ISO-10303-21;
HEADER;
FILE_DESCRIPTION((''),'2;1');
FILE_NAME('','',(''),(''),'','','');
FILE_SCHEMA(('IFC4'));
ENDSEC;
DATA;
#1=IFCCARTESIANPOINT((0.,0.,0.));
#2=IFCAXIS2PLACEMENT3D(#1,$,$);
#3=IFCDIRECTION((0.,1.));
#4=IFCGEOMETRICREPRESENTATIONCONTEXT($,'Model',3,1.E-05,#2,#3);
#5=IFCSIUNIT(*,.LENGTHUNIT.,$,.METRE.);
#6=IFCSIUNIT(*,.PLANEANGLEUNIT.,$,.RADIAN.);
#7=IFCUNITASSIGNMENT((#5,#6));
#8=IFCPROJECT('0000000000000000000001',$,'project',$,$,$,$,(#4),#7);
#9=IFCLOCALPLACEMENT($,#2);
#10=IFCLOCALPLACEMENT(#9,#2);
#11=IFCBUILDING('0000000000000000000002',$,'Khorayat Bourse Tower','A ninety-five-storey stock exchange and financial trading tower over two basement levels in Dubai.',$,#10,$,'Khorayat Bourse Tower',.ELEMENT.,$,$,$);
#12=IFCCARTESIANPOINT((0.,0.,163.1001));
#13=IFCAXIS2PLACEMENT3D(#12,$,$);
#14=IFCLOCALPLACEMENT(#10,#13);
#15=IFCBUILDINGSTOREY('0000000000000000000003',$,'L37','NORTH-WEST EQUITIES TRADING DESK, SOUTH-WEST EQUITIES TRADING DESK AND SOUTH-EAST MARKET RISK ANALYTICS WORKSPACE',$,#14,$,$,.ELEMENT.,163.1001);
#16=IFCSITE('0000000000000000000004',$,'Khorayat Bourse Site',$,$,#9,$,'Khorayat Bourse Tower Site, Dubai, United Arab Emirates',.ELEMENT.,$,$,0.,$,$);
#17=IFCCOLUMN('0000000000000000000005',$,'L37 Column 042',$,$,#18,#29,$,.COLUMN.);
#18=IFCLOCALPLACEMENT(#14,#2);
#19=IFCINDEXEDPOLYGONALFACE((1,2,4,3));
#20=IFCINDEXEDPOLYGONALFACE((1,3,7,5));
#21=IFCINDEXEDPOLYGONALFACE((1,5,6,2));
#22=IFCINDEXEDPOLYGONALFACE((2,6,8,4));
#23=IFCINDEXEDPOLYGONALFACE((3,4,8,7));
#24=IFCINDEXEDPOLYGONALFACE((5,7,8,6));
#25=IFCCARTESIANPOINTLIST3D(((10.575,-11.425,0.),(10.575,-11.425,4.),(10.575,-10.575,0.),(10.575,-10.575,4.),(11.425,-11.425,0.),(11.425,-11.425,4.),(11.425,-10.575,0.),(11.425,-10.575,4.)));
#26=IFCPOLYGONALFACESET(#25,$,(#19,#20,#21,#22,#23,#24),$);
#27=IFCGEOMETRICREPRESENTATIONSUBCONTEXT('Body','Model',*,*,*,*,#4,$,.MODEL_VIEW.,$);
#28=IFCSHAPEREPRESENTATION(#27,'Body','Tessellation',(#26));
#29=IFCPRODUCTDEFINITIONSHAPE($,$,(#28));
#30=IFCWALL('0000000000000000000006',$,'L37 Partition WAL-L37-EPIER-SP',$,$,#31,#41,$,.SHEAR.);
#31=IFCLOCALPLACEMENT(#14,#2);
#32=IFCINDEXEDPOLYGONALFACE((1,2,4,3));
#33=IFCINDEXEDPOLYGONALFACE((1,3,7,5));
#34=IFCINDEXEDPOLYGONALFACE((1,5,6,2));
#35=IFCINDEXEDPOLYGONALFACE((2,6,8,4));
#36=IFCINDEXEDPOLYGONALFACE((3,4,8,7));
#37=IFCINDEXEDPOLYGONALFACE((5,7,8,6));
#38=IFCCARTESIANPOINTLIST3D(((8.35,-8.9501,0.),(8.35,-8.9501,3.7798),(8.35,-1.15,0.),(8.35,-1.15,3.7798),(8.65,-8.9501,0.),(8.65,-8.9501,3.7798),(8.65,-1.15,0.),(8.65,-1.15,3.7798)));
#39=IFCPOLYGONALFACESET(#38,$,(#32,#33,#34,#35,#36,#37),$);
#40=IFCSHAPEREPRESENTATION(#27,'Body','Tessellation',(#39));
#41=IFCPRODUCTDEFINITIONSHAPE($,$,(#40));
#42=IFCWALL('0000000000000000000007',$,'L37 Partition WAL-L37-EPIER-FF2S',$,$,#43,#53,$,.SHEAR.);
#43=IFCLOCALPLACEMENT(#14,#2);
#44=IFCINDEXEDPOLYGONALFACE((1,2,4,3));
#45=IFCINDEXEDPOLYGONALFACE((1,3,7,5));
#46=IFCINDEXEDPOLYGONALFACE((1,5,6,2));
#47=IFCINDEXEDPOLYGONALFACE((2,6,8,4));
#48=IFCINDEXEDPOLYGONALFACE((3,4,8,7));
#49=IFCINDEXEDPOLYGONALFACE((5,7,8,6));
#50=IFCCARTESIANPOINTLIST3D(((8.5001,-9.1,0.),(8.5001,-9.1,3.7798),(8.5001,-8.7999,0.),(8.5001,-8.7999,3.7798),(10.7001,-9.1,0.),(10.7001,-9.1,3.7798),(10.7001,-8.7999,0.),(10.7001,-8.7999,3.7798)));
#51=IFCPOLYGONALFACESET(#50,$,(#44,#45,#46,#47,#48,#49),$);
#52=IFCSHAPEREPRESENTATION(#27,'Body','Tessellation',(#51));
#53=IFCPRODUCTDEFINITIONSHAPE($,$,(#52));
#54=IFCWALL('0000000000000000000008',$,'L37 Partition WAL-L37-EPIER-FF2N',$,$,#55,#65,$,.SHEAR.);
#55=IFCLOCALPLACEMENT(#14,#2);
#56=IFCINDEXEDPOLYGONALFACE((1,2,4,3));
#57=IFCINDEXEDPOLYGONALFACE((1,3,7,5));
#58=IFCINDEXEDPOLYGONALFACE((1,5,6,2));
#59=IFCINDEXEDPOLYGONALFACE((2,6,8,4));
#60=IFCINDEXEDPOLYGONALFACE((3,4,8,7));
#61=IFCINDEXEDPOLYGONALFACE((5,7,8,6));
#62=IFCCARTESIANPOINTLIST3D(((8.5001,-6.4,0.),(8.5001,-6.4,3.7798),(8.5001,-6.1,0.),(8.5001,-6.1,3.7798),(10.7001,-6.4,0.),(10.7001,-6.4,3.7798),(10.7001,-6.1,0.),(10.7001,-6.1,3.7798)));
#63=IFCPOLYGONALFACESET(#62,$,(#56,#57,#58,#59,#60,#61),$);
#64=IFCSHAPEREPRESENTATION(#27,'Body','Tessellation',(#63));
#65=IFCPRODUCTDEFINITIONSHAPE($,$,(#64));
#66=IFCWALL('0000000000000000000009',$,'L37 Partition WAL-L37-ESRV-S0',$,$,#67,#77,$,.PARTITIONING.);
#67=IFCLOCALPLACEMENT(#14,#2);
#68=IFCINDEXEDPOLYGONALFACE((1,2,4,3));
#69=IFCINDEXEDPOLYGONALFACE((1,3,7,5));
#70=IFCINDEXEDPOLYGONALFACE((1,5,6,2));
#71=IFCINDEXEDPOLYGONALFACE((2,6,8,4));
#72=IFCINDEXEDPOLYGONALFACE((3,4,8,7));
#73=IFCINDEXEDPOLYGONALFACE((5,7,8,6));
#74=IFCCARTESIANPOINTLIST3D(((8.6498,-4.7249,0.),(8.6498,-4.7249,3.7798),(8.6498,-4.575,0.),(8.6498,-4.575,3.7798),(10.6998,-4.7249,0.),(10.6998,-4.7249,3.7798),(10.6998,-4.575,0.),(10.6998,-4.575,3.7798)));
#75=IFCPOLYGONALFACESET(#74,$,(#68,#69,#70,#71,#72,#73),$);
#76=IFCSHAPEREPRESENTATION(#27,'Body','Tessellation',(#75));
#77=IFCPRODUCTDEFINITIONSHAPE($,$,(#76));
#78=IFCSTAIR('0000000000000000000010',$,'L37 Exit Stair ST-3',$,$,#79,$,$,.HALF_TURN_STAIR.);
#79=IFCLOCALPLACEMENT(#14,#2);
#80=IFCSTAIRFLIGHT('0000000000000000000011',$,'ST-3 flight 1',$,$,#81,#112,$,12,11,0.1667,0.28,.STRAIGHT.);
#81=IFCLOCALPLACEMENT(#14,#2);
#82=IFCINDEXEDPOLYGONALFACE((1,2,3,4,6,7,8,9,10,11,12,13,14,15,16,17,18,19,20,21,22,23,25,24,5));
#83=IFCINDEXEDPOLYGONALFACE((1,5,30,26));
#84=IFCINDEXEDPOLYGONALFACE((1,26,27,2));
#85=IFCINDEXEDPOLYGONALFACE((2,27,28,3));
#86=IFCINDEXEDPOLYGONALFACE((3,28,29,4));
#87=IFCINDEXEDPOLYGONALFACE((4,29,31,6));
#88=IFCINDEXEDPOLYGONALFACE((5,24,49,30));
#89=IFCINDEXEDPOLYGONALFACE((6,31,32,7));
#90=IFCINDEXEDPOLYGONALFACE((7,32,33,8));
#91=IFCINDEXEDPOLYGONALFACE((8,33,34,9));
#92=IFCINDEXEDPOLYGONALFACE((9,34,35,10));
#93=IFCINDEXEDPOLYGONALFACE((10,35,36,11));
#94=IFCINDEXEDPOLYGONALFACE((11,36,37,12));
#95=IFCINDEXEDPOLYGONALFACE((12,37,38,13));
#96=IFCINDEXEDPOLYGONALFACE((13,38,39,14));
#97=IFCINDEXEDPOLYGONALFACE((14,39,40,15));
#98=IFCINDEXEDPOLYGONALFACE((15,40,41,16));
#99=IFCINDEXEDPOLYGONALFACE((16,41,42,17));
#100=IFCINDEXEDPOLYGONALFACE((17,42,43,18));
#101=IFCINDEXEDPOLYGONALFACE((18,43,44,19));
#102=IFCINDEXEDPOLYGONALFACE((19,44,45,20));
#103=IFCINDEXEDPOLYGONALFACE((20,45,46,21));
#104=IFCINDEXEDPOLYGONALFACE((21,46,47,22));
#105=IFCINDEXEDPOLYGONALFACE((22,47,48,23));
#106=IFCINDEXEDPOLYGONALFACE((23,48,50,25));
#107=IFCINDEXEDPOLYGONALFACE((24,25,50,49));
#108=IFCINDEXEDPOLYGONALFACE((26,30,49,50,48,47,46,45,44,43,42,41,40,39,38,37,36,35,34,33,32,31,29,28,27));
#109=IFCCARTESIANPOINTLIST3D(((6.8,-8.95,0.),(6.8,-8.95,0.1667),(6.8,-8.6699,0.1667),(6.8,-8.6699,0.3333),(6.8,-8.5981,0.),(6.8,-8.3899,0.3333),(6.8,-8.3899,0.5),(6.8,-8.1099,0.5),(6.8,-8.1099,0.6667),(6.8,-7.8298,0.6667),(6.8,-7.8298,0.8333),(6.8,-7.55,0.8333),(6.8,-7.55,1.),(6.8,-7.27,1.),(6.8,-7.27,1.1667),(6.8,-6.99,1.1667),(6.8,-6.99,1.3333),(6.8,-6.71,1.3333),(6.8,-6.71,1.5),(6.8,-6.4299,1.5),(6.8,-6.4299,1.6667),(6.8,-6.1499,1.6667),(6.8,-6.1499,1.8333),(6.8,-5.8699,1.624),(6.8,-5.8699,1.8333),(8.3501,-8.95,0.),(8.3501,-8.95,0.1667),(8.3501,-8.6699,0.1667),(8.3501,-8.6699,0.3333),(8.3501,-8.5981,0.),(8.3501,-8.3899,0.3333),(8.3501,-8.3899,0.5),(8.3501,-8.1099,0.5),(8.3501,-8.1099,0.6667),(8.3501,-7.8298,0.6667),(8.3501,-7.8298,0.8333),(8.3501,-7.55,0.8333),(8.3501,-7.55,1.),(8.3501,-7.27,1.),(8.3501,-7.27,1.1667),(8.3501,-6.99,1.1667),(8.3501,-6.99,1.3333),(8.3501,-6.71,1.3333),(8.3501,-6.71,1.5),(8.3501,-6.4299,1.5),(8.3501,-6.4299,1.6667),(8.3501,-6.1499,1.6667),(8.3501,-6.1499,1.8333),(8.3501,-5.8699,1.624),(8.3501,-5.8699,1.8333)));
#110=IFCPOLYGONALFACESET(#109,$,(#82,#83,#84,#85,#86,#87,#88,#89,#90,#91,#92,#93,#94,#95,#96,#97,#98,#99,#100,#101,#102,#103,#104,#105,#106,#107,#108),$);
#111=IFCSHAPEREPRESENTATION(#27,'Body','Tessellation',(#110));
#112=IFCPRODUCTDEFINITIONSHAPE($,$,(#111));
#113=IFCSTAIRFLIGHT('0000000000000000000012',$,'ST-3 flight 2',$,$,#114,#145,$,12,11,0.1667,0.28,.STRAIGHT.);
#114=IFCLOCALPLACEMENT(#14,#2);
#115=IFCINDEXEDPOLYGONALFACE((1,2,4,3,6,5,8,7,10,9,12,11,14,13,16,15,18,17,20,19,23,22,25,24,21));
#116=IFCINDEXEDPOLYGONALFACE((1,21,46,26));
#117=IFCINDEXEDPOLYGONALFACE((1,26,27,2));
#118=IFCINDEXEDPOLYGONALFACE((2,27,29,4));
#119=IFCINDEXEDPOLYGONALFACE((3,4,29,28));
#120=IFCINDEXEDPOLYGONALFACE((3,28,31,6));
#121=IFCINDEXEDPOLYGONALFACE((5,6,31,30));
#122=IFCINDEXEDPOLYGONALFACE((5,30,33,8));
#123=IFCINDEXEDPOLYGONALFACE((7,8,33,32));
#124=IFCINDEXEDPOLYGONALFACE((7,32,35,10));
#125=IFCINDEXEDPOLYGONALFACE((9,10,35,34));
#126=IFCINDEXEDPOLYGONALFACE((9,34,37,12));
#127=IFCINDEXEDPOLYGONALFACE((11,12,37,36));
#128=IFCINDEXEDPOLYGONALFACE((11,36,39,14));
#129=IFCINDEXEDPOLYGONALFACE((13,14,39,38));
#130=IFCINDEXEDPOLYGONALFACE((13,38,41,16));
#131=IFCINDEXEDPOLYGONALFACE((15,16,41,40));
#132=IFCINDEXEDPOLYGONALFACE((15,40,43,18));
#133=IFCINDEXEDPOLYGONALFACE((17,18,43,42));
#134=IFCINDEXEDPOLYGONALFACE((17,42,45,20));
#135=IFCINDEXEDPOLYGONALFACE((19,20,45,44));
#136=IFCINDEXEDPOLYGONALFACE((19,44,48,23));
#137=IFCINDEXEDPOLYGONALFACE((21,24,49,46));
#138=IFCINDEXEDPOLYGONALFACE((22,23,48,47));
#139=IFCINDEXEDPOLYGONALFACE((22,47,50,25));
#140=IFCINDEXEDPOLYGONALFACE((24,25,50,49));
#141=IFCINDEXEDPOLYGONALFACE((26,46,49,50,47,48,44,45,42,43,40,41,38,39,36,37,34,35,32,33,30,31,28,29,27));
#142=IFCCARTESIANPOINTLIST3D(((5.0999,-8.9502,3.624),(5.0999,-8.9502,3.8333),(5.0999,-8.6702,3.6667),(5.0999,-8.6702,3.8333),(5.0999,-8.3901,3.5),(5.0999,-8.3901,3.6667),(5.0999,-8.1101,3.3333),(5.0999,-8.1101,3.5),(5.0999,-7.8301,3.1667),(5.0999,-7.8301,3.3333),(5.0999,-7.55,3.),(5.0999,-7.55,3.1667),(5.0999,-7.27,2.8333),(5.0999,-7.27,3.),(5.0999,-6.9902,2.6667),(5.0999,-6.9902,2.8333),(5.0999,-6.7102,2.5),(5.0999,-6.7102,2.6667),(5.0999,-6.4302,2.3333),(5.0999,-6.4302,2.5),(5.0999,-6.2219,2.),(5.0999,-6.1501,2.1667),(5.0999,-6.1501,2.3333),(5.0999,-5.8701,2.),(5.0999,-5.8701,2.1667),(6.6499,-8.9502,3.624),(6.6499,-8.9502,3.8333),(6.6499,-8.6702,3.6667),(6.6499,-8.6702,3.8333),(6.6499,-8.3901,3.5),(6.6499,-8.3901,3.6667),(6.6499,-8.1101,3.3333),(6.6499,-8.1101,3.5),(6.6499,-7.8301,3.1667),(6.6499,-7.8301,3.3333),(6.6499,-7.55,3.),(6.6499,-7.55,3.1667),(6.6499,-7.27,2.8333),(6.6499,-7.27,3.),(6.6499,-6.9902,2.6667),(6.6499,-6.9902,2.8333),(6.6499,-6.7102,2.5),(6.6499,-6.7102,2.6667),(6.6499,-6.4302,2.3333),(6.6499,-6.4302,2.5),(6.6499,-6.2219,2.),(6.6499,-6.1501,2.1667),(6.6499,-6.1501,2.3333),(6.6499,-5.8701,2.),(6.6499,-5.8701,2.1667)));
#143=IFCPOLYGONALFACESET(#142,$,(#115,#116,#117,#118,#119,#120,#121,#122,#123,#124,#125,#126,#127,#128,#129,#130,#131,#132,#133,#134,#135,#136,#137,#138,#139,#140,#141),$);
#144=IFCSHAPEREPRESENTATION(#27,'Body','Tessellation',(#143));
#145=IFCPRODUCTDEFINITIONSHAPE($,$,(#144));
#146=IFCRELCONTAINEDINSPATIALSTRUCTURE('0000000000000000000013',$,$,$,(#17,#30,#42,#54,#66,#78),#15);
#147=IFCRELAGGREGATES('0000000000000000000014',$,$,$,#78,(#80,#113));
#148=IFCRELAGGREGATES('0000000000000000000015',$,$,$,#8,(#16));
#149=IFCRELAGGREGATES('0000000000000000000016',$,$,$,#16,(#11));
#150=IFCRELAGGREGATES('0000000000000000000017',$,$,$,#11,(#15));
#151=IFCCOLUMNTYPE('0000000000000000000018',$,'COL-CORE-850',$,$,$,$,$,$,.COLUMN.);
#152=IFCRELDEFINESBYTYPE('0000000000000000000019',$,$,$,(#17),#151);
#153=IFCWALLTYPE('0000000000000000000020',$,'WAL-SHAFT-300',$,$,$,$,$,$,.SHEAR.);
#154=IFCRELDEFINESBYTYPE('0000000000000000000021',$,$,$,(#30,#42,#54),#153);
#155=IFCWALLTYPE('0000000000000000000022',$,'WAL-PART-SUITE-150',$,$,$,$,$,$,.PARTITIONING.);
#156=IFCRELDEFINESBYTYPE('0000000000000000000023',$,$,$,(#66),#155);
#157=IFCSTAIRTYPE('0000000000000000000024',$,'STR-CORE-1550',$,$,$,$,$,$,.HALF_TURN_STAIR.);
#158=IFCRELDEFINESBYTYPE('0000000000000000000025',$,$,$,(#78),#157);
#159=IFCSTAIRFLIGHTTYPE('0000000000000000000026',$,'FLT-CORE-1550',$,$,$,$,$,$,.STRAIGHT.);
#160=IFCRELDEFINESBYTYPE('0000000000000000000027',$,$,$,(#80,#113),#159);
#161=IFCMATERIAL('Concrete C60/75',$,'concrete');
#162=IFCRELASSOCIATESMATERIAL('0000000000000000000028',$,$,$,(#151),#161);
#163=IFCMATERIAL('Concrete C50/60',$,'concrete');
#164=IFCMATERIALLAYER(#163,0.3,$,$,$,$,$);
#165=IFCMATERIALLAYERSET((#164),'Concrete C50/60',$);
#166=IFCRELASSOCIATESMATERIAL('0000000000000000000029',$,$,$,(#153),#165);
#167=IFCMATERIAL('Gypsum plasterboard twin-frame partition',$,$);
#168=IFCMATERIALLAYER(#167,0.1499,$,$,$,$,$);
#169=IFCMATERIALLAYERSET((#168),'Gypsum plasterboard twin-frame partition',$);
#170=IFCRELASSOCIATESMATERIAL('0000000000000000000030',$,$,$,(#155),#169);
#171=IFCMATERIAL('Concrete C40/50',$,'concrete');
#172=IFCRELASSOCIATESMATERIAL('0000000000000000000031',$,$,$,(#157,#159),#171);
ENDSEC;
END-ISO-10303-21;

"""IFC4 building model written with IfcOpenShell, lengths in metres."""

from ifc_helpers import new_model, si_unit, direction, frame, frame_2d, origin, origin_2d, place, context, subcontext, project, spatial, polyline, rectangle, outline, extrude, source, transform, mapped, material, layer, layer_set, material_profile, profile_set, type_object, element, aggregate, save


model = new_model("IFC4")

# Units and contexts
model_context = context("Model", 3, precision=1e-05, world=origin(), true_north=direction((0.0, 1.0)))
body_context = subcontext(model_context, "Body", "Model", "MODEL_VIEW")
ifc_project = project(units=[si_unit("LENGTHUNIT", "METRE"), si_unit("PLANEANGLEUNIT", "RADIAN")], contexts=[model_context])

# Site, building, storey
site_placement = place(None, origin())
site = spatial("IfcSite", under=ifc_project, at=site_placement, Name="Khorayat Bourse Site", LongName="Khorayat Bourse Tower Site, Dubai, United Arab Emirates", CompositionType="ELEMENT", RefElevation=0.0)
building_placement = place(site_placement, origin())
building = spatial("IfcBuilding", under=site, at=building_placement, Name="Khorayat Bourse Tower", Description="A ninety-five-storey stock exchange and financial trading tower over two basement levels in Dubai.", LongName="Khorayat Bourse Tower", CompositionType="ELEMENT")
storey_placement = place(building_placement, frame((0.0, 0.0, 163.1001)))
storey = spatial("IfcBuildingStorey", under=building, at=storey_placement, Name="L37", Description="NORTH-WEST EQUITIES TRADING DESK, SOUTH-WEST EQUITIES TRADING DESK AND SOUTH-EAST MARKET RISK ANALYTICS WORKSPACE", CompositionType="ELEMENT", Elevation=163.1001)

# Column
ifc_material_1 = material(Name="Concrete C60/75", Category="concrete")
ifc_material_profile = material_profile(ifc_material_1, rectangle(XDim=0.8501, YDim=0.8501, at=origin_2d()), Name="RC 850x850")
ifc_profile_set = profile_set([ifc_material_profile], Name="Concrete C60/75")
column_type = type_object("IfcColumnType", Name="COL-CORE-850", PredefinedType="COLUMN", material=ifc_profile_set)
shared_shape_1 = source(origin(), body_context, "Body", "SweptSolid", [
    extrude(rectangle(XDim=0.8501, YDim=0.8501, at=origin_2d()), origin(), (0.0, 0.0, 1.0), 4.0),
])
column_placement = place(storey_placement, frame((11.0, -11.0, 0.0), z_axis=(0.0, 0.0, 1.0), x_axis=(1.0, 0.0, 0.0)))
element("IfcColumn", 1, at=column_placement, inside=storey, type_object=column_type, Name="L37 Column 042", PredefinedType="COLUMN", context=body_context, shape_type="MappedRepresentation", body=[
    mapped(shared_shape_1, transform((0.0, 0.0, 0.0), scale=1.0)),
])

# Walls
ifc_material_2 = material(Name="Concrete C50/60", Category="concrete")
ifc_layer_1 = layer(ifc_material_2, 0.3)
ifc_layer_set_1 = layer_set([ifc_layer_1], Name="Concrete C50/60")
wall_type_1 = type_object("IfcWallType", Name="WAL-SHAFT-300", PredefinedType="SHEAR", material=ifc_layer_set_1)
shared_shape_2 = source(origin(), body_context, "Body", "SweptSolid", [
    extrude(rectangle(XDim=7.8, YDim=0.3, at=frame_2d((3.8999, 0.0))), origin(), (0.0, 0.0, 1.0), 3.7798),
])
wall_1_placement = place(storey_placement, frame((8.5, -8.95, 0.0), z_axis=(0.0, 0.0, 1.0), x_axis=(0.0, 1.0, 0.0)))
element("IfcWall", 2, at=wall_1_placement, inside=storey, type_object=wall_type_1, Name="L37 Partition WAL-L37-EPIER-SP", PredefinedType="SHEAR", context=body_context, shape_type="MappedRepresentation", body=[
    mapped(shared_shape_2, transform((0.0, 0.0, 0.0), scale=1.0)),
])
shared_shape_3 = source(origin(), body_context, "Body", "SweptSolid", [
    extrude(rectangle(XDim=2.2, YDim=0.3, at=frame_2d((1.1001, 0.0))), origin(), (0.0, 0.0, 1.0), 3.7798),
])
for number, where, z_axis, x_axis, name in (
    (3, (8.5, -8.95, 0.0), (0.0, 0.0, 1.0), (1.0, 0.0, 0.0), "L37 Partition WAL-L37-EPIER-FF2S"),
    (4, (8.5, -6.25, 0.0), (0.0, 0.0, 1.0), (1.0, 0.0, 0.0), "L37 Partition WAL-L37-EPIER-FF2N"),
):
    element("IfcWall", number, at=place(storey_placement, frame(where, z_axis=z_axis, x_axis=x_axis)), inside=storey, type_object=wall_type_1, Name=name, PredefinedType="SHEAR", context=body_context, shape_type="MappedRepresentation", body=[
        mapped(shared_shape_3, transform((0.0, 0.0, 0.0), scale=1.0)),
    ])
ifc_material_3 = material(Name="Gypsum plasterboard twin-frame partition")
ifc_layer_2 = layer(ifc_material_3, 0.1499)
ifc_layer_set_2 = layer_set([ifc_layer_2], Name="Gypsum plasterboard twin-frame partition")
wall_type_2 = type_object("IfcWallType", Name="WAL-PART-SUITE-150", PredefinedType="PARTITIONING", material=ifc_layer_set_2)
shared_shape_4 = source(origin(), body_context, "Body", "SweptSolid", [
    extrude(rectangle(XDim=2.05, YDim=0.1499, at=frame_2d((1.0249, 0.0))), origin(), (0.0, 0.0, 1.0), 3.7798),
])
wall_2_placement = place(storey_placement, frame((8.6499, -4.6499, 0.0), z_axis=(0.0, 0.0, 1.0), x_axis=(1.0, 0.0, 0.0)))
element("IfcWall", 5, at=wall_2_placement, inside=storey, type_object=wall_type_2, Name="L37 Partition WAL-L37-ESRV-S0", PredefinedType="PARTITIONING", context=body_context, shape_type="MappedRepresentation", body=[
    mapped(shared_shape_4, transform((0.0, 0.0, 0.0), scale=1.0)),
])

# Stair, stair flights
ifc_material_4 = material(Name="Concrete C40/50", Category="concrete")
stair_type = type_object("IfcStairType", Name="STR-CORE-1550", PredefinedType="HALF_TURN_STAIR", material=ifc_material_4)
stair_placement = place(storey_placement, origin())
stair = element("IfcStair", 6, at=stair_placement, inside=storey, type_object=stair_type, Name="L37 Exit Stair ST-3", PredefinedType="HALF_TURN_STAIR")
stair_flight_type = type_object("IfcStairFlightType", Name="FLT-CORE-1550", PredefinedType="STRAIGHT", material=ifc_material_4)
shared_shape_5 = source(origin(), body_context, "Body", "SweptSolid", [
    extrude(outline(polyline([(0.0, 0.0), (0.0, 0.1667), (0.28, 0.1667), (0.28, 0.3333), (0.5601, 0.3333), (0.5601, 0.5), (0.8401, 0.5), (0.8401, 0.6667), (1.1201, 0.6667), (1.1201, 0.8333), (1.3999, 0.8333), (1.3999, 1.0), (1.6799, 1.0), (1.6799, 1.1667), (1.96, 1.1667), (1.96, 1.3333), (2.24, 1.3333), (2.24, 1.5), (2.52, 1.5), (2.52, 1.6667), (2.8, 1.6667), (2.8, 1.8333), (3.0801, 1.8333), (3.0801, 2.0), (3.0801, 1.624), (0.3518, 0.0), (0.0, 0.0)])), frame((0.0, 0.7749, 0.0), z_axis=(0.0, -1.0, 0.0), x_axis=(1.0, 0.0, 0.0)), (0.0, 0.0, 1.0), 1.55),
])
stair_flight_1_placement = place(storey_placement, frame((7.575, -8.95, 0.0), z_axis=(0.0, 0.0, 1.0), x_axis=(0.0, 1.0, 0.0)))
stair_flight_1 = element("IfcStairFlight", 7, at=stair_flight_1_placement, type_object=stair_flight_type, Name="ST-3 flight 1", NumberOfRisers=12, NumberOfTreads=11, PredefinedType="STRAIGHT", RiserHeight=0.1667, TreadLength=0.28, context=body_context, shape_type="MappedRepresentation", body=[
    mapped(shared_shape_5, transform((0.0, 0.0, 0.0), scale=1.0)),
])
stair_flight_2_placement = place(storey_placement, frame((5.875, -5.8701, 2.0), z_axis=(0.0, 0.0, 1.0), x_axis=(0.0, -1.0, 0.0)))
stair_flight_2 = element("IfcStairFlight", 8, at=stair_flight_2_placement, type_object=stair_flight_type, Name="ST-3 flight 2", NumberOfRisers=12, NumberOfTreads=11, PredefinedType="STRAIGHT", RiserHeight=0.1667, TreadLength=0.28, context=body_context, shape_type="MappedRepresentation", body=[
    mapped(shared_shape_5, transform((0.0, 0.0, 0.0), scale=1.0)),
])
aggregate(stair, [stair_flight_1, stair_flight_2])

save(model, "model.ifc")
